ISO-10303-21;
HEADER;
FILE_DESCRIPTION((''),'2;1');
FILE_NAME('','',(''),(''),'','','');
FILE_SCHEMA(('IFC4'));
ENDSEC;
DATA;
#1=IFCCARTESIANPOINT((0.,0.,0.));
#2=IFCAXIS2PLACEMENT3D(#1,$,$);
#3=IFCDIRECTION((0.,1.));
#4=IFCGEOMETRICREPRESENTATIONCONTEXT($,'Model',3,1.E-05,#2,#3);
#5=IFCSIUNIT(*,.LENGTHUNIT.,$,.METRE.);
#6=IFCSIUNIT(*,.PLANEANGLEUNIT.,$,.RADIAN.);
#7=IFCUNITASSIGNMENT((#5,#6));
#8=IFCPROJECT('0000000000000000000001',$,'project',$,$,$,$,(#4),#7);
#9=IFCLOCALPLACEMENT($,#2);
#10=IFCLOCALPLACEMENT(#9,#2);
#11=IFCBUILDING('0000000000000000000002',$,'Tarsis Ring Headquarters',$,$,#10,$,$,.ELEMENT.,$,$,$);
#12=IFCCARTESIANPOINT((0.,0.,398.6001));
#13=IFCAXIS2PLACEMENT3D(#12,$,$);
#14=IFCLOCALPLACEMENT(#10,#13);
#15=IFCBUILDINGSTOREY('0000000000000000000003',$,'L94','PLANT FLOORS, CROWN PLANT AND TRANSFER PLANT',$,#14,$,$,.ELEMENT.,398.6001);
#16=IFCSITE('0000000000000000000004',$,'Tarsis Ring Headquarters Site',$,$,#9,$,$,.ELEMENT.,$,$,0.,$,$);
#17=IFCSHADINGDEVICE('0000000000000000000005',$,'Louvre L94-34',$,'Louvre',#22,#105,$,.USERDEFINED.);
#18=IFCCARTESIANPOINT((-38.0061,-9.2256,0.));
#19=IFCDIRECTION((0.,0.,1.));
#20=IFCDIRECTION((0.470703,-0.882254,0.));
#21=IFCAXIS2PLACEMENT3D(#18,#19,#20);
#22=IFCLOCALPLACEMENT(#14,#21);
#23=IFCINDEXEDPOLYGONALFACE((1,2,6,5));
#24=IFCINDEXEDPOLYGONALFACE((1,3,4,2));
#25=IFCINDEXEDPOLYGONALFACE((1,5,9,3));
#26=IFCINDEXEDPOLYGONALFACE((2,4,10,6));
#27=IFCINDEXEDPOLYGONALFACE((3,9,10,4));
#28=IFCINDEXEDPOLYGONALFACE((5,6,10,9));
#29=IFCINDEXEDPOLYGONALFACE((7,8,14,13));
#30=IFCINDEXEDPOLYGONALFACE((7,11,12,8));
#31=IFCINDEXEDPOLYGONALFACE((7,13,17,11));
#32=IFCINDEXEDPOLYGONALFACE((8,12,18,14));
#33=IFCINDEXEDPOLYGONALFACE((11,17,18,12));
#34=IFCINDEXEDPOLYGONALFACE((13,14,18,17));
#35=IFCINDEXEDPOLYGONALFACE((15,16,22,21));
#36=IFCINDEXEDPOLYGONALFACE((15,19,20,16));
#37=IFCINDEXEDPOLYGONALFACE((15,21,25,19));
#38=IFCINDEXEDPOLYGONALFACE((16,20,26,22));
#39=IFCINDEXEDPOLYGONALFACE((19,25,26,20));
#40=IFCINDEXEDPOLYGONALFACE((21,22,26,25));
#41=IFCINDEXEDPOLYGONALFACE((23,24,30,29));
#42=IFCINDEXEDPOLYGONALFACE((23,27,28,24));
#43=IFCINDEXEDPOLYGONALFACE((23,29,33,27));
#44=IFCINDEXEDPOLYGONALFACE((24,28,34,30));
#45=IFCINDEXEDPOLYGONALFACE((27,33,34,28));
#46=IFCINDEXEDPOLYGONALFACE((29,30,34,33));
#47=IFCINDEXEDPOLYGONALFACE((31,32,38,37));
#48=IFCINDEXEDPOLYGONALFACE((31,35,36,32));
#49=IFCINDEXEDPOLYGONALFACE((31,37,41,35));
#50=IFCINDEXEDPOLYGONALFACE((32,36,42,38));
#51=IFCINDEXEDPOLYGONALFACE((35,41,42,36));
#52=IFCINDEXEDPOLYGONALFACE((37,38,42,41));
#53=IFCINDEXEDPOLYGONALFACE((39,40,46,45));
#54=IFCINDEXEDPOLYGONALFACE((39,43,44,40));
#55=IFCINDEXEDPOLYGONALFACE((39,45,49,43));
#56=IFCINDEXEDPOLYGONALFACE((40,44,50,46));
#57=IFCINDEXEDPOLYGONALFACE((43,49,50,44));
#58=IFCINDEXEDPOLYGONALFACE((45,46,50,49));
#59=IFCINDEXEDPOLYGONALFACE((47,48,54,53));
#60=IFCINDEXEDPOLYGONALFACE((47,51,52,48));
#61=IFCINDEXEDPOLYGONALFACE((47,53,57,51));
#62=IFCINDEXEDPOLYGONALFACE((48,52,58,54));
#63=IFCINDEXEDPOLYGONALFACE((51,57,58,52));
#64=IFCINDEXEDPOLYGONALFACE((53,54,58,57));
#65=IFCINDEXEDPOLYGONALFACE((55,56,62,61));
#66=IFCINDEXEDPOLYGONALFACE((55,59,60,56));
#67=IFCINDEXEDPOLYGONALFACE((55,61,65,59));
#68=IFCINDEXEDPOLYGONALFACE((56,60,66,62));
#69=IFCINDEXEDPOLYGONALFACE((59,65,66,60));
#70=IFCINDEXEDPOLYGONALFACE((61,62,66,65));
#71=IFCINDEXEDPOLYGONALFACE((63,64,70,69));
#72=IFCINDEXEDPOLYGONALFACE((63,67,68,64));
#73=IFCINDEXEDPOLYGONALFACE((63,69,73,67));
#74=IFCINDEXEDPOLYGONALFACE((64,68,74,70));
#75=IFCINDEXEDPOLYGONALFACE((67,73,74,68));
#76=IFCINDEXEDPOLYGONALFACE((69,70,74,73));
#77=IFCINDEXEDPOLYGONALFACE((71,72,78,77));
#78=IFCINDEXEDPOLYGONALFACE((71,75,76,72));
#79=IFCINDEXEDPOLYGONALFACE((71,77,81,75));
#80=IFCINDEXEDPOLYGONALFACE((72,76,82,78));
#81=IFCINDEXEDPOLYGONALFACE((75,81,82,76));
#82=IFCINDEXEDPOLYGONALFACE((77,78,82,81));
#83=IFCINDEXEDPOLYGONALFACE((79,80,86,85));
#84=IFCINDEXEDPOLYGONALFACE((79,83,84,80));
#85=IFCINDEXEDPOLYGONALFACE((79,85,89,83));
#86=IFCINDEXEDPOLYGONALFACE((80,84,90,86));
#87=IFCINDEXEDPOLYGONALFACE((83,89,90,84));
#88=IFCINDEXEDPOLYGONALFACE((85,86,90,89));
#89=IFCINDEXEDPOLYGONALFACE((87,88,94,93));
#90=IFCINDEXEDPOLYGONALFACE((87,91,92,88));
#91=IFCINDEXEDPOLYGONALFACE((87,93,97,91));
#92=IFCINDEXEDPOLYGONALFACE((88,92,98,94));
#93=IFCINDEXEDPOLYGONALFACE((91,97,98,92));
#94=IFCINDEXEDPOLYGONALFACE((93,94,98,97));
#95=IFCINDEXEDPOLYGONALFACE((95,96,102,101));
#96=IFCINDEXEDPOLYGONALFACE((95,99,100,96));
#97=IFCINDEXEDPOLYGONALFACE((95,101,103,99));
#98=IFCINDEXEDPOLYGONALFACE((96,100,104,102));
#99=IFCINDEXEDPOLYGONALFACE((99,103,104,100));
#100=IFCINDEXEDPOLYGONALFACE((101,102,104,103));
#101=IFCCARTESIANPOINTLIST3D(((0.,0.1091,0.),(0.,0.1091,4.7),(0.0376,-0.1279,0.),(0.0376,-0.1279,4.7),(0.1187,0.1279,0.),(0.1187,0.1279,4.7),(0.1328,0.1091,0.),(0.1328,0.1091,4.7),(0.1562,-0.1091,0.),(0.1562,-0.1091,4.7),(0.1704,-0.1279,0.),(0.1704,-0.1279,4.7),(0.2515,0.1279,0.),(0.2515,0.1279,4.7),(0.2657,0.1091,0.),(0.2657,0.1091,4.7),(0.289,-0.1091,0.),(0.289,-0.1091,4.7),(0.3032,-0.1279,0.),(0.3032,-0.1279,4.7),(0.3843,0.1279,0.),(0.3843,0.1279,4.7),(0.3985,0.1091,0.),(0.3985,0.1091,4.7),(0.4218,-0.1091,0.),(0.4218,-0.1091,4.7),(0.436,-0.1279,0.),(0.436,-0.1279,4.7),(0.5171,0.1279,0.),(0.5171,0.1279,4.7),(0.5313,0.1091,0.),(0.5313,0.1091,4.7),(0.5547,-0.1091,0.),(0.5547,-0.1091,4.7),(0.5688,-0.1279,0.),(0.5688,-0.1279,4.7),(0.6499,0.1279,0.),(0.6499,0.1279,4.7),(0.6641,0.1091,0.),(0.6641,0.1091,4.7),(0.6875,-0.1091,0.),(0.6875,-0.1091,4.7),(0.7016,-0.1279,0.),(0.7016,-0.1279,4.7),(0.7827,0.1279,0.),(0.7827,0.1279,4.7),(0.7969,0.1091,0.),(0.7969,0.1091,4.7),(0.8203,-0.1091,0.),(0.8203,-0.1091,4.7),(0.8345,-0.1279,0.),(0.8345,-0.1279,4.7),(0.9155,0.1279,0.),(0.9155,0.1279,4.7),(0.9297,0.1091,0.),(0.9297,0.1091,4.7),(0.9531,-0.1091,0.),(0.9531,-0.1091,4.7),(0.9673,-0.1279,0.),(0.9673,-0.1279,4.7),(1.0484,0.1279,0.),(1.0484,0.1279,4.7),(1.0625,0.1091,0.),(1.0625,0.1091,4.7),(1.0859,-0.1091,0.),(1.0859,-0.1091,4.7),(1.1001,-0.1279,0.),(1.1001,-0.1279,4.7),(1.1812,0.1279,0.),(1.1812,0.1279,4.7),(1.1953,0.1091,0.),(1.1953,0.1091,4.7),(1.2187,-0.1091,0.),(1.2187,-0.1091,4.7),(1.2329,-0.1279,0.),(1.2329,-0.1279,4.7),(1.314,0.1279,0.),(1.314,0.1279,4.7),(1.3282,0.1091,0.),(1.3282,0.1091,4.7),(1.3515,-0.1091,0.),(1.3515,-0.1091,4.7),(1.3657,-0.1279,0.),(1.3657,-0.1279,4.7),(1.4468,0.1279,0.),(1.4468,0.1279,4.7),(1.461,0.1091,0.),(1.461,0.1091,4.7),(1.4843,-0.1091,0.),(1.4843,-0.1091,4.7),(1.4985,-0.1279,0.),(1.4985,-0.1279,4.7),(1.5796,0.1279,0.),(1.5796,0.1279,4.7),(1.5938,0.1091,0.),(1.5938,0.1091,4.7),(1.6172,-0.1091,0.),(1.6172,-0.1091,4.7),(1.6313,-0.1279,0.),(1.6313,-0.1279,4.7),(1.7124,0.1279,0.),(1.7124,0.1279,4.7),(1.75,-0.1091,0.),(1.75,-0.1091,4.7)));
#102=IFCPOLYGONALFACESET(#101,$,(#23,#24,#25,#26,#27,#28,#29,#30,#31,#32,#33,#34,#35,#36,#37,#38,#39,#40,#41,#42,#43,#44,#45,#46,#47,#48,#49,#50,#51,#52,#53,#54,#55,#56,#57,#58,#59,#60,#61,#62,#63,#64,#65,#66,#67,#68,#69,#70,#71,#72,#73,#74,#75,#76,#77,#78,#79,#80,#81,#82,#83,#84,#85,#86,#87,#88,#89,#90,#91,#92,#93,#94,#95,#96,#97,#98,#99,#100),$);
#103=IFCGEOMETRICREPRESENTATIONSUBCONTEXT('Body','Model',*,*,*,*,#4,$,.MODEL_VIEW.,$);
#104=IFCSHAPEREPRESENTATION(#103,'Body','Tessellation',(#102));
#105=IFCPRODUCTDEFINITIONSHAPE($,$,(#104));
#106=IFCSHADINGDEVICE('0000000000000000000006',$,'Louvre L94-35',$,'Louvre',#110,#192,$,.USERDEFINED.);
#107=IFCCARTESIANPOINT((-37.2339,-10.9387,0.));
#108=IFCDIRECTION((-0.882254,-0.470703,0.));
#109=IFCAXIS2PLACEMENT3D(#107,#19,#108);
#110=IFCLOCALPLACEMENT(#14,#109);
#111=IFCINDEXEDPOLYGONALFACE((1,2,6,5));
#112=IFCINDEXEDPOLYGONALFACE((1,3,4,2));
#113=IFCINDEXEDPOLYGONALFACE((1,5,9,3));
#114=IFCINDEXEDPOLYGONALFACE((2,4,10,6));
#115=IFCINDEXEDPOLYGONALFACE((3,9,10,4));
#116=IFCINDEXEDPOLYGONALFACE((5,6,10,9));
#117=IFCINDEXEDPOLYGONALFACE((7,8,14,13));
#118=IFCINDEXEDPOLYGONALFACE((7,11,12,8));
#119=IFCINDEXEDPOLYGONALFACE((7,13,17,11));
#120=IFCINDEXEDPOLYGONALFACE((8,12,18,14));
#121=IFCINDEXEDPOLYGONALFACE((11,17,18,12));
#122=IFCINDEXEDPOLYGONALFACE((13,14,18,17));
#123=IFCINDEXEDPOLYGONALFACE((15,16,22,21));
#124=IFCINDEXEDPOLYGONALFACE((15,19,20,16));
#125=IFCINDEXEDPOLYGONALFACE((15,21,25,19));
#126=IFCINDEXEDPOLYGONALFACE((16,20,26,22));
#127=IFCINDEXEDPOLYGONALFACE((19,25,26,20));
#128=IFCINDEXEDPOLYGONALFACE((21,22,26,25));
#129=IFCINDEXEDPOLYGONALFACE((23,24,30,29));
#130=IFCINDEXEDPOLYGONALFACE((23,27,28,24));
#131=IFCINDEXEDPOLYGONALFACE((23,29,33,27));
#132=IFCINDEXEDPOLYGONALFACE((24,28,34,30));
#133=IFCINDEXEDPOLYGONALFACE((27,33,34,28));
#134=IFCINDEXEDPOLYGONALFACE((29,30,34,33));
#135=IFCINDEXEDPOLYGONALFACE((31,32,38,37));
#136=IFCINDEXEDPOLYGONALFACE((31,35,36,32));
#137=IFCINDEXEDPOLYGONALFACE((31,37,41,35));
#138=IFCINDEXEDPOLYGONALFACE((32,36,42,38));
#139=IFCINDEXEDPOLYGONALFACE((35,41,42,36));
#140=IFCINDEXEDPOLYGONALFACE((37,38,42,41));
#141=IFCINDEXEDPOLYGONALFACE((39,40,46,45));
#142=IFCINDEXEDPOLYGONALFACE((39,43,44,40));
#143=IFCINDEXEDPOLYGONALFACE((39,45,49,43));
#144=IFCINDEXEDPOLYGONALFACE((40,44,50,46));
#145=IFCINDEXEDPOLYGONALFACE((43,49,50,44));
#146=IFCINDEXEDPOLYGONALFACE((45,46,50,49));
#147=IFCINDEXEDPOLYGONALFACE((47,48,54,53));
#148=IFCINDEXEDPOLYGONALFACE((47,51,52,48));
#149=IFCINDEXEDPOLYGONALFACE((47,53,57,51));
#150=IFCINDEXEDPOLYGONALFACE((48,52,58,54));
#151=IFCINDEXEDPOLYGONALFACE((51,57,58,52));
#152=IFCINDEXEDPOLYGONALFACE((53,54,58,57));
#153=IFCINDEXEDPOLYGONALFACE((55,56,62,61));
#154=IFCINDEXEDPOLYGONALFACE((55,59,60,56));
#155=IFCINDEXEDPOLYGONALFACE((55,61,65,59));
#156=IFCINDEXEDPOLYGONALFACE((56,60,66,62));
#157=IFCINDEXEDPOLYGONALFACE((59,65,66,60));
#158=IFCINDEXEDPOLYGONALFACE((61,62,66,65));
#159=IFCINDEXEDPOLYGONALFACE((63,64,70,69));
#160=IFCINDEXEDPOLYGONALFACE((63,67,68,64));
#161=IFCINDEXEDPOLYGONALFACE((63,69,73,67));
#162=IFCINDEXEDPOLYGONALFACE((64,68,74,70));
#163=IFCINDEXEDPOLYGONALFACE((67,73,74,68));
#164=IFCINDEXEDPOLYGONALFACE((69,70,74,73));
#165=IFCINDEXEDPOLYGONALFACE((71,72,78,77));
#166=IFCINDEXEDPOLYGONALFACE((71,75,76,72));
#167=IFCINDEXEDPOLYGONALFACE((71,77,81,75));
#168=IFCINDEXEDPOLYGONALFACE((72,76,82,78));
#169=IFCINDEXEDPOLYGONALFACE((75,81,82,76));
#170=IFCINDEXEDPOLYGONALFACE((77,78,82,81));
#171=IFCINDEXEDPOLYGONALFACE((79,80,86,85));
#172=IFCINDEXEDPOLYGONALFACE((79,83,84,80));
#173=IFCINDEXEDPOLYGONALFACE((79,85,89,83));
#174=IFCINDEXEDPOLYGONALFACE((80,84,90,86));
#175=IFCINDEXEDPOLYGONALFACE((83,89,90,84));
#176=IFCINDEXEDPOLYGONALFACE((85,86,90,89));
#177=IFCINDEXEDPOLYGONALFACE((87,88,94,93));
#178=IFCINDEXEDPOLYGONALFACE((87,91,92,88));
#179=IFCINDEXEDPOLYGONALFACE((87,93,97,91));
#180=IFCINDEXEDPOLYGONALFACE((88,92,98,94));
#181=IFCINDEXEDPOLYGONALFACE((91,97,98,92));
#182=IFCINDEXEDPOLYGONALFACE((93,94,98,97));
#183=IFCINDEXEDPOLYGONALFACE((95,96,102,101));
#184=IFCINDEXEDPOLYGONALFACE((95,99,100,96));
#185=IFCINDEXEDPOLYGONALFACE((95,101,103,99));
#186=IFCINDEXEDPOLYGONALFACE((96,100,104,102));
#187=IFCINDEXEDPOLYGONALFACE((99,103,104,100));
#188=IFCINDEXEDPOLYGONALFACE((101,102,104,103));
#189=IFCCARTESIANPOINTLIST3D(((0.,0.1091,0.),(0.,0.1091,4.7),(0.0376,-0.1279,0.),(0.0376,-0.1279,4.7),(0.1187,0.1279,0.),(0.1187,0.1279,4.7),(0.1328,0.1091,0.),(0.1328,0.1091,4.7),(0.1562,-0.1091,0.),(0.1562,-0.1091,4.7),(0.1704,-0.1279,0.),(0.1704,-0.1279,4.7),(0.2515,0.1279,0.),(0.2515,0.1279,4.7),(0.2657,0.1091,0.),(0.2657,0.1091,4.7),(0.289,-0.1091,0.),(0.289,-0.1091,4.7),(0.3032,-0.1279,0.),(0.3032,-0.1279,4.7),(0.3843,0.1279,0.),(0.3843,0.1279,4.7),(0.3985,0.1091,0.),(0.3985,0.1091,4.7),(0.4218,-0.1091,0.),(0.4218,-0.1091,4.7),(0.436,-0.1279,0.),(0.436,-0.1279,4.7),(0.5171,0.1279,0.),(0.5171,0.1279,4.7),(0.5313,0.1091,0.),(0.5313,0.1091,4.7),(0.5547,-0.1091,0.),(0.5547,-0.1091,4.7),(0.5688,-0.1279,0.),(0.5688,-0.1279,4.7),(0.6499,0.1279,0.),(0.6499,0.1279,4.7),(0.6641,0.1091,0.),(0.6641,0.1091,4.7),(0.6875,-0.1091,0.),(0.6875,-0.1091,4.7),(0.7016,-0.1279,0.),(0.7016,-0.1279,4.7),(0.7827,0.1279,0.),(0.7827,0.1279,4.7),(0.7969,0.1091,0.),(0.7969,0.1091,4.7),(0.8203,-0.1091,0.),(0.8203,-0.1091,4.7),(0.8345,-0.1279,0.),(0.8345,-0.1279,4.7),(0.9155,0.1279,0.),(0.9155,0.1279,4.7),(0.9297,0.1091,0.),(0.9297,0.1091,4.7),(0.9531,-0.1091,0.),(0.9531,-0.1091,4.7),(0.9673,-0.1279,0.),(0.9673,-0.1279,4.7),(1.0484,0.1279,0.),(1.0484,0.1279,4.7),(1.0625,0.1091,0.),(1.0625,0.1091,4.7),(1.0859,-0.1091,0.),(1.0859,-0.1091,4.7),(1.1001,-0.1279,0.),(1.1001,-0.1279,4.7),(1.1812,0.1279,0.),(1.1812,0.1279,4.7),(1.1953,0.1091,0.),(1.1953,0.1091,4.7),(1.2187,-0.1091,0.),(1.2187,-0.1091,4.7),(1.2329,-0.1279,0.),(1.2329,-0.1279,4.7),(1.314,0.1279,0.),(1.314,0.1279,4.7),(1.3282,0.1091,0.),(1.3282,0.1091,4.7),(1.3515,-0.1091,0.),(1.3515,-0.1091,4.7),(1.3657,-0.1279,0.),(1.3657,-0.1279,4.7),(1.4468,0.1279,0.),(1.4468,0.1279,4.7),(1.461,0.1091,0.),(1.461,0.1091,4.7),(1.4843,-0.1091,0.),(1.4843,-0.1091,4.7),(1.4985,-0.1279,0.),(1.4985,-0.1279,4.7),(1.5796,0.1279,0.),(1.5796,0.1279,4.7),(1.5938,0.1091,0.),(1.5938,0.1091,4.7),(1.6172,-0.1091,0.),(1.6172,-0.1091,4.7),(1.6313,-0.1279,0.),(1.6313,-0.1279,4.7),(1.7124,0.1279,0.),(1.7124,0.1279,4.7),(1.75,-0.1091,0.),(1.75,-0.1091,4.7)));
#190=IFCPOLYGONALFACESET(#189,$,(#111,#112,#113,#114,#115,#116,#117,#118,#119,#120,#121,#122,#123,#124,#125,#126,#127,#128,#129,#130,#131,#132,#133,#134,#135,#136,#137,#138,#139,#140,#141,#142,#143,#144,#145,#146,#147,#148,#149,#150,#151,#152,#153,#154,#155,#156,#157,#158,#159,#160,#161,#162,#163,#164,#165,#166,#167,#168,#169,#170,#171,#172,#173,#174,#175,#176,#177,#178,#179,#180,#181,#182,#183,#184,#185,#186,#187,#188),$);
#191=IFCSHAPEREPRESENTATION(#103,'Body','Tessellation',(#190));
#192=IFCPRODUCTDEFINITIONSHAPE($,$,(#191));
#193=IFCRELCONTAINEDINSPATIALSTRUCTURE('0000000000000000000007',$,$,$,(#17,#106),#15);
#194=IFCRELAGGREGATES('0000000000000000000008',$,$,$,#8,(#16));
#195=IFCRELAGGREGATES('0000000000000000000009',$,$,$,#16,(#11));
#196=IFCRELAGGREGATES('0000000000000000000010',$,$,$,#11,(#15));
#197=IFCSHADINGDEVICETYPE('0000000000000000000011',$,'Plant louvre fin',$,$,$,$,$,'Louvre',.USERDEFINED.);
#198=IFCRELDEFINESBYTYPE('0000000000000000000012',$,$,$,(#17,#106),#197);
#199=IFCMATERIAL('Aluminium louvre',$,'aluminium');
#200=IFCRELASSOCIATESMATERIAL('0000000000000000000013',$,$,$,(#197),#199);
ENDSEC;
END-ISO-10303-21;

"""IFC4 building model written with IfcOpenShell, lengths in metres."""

from ifc_helpers import new_model, si_unit, direction, frame, frame_2d, origin, place, context, subcontext, project, spatial, rectangle, composite_profile, extrude, material, type_object, element, save


model = new_model("IFC4")

# Units and contexts
model_context = context("Model", 3, precision=1e-05, world=origin(), true_north=direction((0.0, 1.0)))
body_context = subcontext(model_context, "Body", "Model", "MODEL_VIEW")
ifc_project = project(units=[si_unit("LENGTHUNIT", "METRE"), si_unit("PLANEANGLEUNIT", "RADIAN")], contexts=[model_context])

# Site, building, storey
site_placement = place(None, origin())
site = spatial("IfcSite", under=ifc_project, at=site_placement, Name="Tarsis Ring Headquarters Site", CompositionType="ELEMENT", RefElevation=0.0)
building_placement = place(site_placement, origin())
building = spatial("IfcBuilding", under=site, at=building_placement, Name="Tarsis Ring Headquarters", CompositionType="ELEMENT")
storey_placement = place(building_placement, frame((0.0, 0.0, 398.6001)))
storey = spatial("IfcBuildingStorey", under=building, at=storey_placement, Name="L94", Description="PLANT FLOORS, CROWN PLANT AND TRANSFER PLANT", CompositionType="ELEMENT", Elevation=398.6001)

# Shading devices
ifc_material_1 = material(Name="Aluminium louvre", Category="aluminium")
shading_device_type_1 = type_object("IfcShadingDeviceType", Name="Plant louvre fin", ElementType="Louvre", PredefinedType="USERDEFINED", material=ifc_material_1)
for number, where, z_axis, x_axis, name in (
    (1, (-38.0061, -9.2256, 0.0), (0.0, 0.0, 1.0), (0.470703, -0.882254, 0.0), "Louvre L94-34"),
    (2, (-37.2339, -10.9387, 0.0), (0.0, 0.0, 1.0), (-0.882254, -0.470703, 0.0), "Louvre L94-35"),
):
    element("IfcShadingDevice", number, at=place(storey_placement, frame(where, z_axis=z_axis, x_axis=x_axis)), inside=storey, type_object=shading_device_type_1, Name=name, ObjectType="Louvre", PredefinedType="USERDEFINED", context=body_context, shape_type="SweptSolid", body=[
        extrude(composite_profile([rectangle(XDim=0.1201, YDim=0.24, at=frame_2d((0.0781, 0.0), x_axis=(0.987688, 0.156434))), rectangle(XDim=0.1201, YDim=0.24, at=frame_2d((0.2109, 0.0), x_axis=(0.987688, 0.156434))), rectangle(XDim=0.1201, YDim=0.24, at=frame_2d((0.3438, 0.0), x_axis=(0.987688, 0.156434))), rectangle(XDim=0.1201, YDim=0.24, at=frame_2d((0.4766, 0.0), x_axis=(0.987688, 0.156434))), rectangle(XDim=0.1201, YDim=0.24, at=frame_2d((0.6094, 0.0), x_axis=(0.987688, 0.156434))), rectangle(XDim=0.1201, YDim=0.24, at=frame_2d((0.7422, 0.0), x_axis=(0.987688, 0.156434))), rectangle(XDim=0.1201, YDim=0.24, at=frame_2d((0.875, 0.0), x_axis=(0.987688, 0.156434))), rectangle(XDim=0.1201, YDim=0.24, at=frame_2d((1.0078, 0.0), x_axis=(0.987688, 0.156434))), rectangle(XDim=0.1201, YDim=0.24, at=frame_2d((1.1406, 0.0), x_axis=(0.987688, 0.156434))), rectangle(XDim=0.1201, YDim=0.24, at=frame_2d((1.2734, 0.0), x_axis=(0.987688, 0.156434))), rectangle(XDim=0.1201, YDim=0.24, at=frame_2d((1.4062, 0.0), x_axis=(0.987688, 0.156434))), rectangle(XDim=0.1201, YDim=0.24, at=frame_2d((1.5391, 0.0), x_axis=(0.987688, 0.156434))), rectangle(XDim=0.1201, YDim=0.24, at=frame_2d((1.6719, 0.0), x_axis=(0.987688, 0.156434)))]), origin(), (0.0, 0.0, 1.0), 4.7),
    ])

save(model, "model.ifc")
